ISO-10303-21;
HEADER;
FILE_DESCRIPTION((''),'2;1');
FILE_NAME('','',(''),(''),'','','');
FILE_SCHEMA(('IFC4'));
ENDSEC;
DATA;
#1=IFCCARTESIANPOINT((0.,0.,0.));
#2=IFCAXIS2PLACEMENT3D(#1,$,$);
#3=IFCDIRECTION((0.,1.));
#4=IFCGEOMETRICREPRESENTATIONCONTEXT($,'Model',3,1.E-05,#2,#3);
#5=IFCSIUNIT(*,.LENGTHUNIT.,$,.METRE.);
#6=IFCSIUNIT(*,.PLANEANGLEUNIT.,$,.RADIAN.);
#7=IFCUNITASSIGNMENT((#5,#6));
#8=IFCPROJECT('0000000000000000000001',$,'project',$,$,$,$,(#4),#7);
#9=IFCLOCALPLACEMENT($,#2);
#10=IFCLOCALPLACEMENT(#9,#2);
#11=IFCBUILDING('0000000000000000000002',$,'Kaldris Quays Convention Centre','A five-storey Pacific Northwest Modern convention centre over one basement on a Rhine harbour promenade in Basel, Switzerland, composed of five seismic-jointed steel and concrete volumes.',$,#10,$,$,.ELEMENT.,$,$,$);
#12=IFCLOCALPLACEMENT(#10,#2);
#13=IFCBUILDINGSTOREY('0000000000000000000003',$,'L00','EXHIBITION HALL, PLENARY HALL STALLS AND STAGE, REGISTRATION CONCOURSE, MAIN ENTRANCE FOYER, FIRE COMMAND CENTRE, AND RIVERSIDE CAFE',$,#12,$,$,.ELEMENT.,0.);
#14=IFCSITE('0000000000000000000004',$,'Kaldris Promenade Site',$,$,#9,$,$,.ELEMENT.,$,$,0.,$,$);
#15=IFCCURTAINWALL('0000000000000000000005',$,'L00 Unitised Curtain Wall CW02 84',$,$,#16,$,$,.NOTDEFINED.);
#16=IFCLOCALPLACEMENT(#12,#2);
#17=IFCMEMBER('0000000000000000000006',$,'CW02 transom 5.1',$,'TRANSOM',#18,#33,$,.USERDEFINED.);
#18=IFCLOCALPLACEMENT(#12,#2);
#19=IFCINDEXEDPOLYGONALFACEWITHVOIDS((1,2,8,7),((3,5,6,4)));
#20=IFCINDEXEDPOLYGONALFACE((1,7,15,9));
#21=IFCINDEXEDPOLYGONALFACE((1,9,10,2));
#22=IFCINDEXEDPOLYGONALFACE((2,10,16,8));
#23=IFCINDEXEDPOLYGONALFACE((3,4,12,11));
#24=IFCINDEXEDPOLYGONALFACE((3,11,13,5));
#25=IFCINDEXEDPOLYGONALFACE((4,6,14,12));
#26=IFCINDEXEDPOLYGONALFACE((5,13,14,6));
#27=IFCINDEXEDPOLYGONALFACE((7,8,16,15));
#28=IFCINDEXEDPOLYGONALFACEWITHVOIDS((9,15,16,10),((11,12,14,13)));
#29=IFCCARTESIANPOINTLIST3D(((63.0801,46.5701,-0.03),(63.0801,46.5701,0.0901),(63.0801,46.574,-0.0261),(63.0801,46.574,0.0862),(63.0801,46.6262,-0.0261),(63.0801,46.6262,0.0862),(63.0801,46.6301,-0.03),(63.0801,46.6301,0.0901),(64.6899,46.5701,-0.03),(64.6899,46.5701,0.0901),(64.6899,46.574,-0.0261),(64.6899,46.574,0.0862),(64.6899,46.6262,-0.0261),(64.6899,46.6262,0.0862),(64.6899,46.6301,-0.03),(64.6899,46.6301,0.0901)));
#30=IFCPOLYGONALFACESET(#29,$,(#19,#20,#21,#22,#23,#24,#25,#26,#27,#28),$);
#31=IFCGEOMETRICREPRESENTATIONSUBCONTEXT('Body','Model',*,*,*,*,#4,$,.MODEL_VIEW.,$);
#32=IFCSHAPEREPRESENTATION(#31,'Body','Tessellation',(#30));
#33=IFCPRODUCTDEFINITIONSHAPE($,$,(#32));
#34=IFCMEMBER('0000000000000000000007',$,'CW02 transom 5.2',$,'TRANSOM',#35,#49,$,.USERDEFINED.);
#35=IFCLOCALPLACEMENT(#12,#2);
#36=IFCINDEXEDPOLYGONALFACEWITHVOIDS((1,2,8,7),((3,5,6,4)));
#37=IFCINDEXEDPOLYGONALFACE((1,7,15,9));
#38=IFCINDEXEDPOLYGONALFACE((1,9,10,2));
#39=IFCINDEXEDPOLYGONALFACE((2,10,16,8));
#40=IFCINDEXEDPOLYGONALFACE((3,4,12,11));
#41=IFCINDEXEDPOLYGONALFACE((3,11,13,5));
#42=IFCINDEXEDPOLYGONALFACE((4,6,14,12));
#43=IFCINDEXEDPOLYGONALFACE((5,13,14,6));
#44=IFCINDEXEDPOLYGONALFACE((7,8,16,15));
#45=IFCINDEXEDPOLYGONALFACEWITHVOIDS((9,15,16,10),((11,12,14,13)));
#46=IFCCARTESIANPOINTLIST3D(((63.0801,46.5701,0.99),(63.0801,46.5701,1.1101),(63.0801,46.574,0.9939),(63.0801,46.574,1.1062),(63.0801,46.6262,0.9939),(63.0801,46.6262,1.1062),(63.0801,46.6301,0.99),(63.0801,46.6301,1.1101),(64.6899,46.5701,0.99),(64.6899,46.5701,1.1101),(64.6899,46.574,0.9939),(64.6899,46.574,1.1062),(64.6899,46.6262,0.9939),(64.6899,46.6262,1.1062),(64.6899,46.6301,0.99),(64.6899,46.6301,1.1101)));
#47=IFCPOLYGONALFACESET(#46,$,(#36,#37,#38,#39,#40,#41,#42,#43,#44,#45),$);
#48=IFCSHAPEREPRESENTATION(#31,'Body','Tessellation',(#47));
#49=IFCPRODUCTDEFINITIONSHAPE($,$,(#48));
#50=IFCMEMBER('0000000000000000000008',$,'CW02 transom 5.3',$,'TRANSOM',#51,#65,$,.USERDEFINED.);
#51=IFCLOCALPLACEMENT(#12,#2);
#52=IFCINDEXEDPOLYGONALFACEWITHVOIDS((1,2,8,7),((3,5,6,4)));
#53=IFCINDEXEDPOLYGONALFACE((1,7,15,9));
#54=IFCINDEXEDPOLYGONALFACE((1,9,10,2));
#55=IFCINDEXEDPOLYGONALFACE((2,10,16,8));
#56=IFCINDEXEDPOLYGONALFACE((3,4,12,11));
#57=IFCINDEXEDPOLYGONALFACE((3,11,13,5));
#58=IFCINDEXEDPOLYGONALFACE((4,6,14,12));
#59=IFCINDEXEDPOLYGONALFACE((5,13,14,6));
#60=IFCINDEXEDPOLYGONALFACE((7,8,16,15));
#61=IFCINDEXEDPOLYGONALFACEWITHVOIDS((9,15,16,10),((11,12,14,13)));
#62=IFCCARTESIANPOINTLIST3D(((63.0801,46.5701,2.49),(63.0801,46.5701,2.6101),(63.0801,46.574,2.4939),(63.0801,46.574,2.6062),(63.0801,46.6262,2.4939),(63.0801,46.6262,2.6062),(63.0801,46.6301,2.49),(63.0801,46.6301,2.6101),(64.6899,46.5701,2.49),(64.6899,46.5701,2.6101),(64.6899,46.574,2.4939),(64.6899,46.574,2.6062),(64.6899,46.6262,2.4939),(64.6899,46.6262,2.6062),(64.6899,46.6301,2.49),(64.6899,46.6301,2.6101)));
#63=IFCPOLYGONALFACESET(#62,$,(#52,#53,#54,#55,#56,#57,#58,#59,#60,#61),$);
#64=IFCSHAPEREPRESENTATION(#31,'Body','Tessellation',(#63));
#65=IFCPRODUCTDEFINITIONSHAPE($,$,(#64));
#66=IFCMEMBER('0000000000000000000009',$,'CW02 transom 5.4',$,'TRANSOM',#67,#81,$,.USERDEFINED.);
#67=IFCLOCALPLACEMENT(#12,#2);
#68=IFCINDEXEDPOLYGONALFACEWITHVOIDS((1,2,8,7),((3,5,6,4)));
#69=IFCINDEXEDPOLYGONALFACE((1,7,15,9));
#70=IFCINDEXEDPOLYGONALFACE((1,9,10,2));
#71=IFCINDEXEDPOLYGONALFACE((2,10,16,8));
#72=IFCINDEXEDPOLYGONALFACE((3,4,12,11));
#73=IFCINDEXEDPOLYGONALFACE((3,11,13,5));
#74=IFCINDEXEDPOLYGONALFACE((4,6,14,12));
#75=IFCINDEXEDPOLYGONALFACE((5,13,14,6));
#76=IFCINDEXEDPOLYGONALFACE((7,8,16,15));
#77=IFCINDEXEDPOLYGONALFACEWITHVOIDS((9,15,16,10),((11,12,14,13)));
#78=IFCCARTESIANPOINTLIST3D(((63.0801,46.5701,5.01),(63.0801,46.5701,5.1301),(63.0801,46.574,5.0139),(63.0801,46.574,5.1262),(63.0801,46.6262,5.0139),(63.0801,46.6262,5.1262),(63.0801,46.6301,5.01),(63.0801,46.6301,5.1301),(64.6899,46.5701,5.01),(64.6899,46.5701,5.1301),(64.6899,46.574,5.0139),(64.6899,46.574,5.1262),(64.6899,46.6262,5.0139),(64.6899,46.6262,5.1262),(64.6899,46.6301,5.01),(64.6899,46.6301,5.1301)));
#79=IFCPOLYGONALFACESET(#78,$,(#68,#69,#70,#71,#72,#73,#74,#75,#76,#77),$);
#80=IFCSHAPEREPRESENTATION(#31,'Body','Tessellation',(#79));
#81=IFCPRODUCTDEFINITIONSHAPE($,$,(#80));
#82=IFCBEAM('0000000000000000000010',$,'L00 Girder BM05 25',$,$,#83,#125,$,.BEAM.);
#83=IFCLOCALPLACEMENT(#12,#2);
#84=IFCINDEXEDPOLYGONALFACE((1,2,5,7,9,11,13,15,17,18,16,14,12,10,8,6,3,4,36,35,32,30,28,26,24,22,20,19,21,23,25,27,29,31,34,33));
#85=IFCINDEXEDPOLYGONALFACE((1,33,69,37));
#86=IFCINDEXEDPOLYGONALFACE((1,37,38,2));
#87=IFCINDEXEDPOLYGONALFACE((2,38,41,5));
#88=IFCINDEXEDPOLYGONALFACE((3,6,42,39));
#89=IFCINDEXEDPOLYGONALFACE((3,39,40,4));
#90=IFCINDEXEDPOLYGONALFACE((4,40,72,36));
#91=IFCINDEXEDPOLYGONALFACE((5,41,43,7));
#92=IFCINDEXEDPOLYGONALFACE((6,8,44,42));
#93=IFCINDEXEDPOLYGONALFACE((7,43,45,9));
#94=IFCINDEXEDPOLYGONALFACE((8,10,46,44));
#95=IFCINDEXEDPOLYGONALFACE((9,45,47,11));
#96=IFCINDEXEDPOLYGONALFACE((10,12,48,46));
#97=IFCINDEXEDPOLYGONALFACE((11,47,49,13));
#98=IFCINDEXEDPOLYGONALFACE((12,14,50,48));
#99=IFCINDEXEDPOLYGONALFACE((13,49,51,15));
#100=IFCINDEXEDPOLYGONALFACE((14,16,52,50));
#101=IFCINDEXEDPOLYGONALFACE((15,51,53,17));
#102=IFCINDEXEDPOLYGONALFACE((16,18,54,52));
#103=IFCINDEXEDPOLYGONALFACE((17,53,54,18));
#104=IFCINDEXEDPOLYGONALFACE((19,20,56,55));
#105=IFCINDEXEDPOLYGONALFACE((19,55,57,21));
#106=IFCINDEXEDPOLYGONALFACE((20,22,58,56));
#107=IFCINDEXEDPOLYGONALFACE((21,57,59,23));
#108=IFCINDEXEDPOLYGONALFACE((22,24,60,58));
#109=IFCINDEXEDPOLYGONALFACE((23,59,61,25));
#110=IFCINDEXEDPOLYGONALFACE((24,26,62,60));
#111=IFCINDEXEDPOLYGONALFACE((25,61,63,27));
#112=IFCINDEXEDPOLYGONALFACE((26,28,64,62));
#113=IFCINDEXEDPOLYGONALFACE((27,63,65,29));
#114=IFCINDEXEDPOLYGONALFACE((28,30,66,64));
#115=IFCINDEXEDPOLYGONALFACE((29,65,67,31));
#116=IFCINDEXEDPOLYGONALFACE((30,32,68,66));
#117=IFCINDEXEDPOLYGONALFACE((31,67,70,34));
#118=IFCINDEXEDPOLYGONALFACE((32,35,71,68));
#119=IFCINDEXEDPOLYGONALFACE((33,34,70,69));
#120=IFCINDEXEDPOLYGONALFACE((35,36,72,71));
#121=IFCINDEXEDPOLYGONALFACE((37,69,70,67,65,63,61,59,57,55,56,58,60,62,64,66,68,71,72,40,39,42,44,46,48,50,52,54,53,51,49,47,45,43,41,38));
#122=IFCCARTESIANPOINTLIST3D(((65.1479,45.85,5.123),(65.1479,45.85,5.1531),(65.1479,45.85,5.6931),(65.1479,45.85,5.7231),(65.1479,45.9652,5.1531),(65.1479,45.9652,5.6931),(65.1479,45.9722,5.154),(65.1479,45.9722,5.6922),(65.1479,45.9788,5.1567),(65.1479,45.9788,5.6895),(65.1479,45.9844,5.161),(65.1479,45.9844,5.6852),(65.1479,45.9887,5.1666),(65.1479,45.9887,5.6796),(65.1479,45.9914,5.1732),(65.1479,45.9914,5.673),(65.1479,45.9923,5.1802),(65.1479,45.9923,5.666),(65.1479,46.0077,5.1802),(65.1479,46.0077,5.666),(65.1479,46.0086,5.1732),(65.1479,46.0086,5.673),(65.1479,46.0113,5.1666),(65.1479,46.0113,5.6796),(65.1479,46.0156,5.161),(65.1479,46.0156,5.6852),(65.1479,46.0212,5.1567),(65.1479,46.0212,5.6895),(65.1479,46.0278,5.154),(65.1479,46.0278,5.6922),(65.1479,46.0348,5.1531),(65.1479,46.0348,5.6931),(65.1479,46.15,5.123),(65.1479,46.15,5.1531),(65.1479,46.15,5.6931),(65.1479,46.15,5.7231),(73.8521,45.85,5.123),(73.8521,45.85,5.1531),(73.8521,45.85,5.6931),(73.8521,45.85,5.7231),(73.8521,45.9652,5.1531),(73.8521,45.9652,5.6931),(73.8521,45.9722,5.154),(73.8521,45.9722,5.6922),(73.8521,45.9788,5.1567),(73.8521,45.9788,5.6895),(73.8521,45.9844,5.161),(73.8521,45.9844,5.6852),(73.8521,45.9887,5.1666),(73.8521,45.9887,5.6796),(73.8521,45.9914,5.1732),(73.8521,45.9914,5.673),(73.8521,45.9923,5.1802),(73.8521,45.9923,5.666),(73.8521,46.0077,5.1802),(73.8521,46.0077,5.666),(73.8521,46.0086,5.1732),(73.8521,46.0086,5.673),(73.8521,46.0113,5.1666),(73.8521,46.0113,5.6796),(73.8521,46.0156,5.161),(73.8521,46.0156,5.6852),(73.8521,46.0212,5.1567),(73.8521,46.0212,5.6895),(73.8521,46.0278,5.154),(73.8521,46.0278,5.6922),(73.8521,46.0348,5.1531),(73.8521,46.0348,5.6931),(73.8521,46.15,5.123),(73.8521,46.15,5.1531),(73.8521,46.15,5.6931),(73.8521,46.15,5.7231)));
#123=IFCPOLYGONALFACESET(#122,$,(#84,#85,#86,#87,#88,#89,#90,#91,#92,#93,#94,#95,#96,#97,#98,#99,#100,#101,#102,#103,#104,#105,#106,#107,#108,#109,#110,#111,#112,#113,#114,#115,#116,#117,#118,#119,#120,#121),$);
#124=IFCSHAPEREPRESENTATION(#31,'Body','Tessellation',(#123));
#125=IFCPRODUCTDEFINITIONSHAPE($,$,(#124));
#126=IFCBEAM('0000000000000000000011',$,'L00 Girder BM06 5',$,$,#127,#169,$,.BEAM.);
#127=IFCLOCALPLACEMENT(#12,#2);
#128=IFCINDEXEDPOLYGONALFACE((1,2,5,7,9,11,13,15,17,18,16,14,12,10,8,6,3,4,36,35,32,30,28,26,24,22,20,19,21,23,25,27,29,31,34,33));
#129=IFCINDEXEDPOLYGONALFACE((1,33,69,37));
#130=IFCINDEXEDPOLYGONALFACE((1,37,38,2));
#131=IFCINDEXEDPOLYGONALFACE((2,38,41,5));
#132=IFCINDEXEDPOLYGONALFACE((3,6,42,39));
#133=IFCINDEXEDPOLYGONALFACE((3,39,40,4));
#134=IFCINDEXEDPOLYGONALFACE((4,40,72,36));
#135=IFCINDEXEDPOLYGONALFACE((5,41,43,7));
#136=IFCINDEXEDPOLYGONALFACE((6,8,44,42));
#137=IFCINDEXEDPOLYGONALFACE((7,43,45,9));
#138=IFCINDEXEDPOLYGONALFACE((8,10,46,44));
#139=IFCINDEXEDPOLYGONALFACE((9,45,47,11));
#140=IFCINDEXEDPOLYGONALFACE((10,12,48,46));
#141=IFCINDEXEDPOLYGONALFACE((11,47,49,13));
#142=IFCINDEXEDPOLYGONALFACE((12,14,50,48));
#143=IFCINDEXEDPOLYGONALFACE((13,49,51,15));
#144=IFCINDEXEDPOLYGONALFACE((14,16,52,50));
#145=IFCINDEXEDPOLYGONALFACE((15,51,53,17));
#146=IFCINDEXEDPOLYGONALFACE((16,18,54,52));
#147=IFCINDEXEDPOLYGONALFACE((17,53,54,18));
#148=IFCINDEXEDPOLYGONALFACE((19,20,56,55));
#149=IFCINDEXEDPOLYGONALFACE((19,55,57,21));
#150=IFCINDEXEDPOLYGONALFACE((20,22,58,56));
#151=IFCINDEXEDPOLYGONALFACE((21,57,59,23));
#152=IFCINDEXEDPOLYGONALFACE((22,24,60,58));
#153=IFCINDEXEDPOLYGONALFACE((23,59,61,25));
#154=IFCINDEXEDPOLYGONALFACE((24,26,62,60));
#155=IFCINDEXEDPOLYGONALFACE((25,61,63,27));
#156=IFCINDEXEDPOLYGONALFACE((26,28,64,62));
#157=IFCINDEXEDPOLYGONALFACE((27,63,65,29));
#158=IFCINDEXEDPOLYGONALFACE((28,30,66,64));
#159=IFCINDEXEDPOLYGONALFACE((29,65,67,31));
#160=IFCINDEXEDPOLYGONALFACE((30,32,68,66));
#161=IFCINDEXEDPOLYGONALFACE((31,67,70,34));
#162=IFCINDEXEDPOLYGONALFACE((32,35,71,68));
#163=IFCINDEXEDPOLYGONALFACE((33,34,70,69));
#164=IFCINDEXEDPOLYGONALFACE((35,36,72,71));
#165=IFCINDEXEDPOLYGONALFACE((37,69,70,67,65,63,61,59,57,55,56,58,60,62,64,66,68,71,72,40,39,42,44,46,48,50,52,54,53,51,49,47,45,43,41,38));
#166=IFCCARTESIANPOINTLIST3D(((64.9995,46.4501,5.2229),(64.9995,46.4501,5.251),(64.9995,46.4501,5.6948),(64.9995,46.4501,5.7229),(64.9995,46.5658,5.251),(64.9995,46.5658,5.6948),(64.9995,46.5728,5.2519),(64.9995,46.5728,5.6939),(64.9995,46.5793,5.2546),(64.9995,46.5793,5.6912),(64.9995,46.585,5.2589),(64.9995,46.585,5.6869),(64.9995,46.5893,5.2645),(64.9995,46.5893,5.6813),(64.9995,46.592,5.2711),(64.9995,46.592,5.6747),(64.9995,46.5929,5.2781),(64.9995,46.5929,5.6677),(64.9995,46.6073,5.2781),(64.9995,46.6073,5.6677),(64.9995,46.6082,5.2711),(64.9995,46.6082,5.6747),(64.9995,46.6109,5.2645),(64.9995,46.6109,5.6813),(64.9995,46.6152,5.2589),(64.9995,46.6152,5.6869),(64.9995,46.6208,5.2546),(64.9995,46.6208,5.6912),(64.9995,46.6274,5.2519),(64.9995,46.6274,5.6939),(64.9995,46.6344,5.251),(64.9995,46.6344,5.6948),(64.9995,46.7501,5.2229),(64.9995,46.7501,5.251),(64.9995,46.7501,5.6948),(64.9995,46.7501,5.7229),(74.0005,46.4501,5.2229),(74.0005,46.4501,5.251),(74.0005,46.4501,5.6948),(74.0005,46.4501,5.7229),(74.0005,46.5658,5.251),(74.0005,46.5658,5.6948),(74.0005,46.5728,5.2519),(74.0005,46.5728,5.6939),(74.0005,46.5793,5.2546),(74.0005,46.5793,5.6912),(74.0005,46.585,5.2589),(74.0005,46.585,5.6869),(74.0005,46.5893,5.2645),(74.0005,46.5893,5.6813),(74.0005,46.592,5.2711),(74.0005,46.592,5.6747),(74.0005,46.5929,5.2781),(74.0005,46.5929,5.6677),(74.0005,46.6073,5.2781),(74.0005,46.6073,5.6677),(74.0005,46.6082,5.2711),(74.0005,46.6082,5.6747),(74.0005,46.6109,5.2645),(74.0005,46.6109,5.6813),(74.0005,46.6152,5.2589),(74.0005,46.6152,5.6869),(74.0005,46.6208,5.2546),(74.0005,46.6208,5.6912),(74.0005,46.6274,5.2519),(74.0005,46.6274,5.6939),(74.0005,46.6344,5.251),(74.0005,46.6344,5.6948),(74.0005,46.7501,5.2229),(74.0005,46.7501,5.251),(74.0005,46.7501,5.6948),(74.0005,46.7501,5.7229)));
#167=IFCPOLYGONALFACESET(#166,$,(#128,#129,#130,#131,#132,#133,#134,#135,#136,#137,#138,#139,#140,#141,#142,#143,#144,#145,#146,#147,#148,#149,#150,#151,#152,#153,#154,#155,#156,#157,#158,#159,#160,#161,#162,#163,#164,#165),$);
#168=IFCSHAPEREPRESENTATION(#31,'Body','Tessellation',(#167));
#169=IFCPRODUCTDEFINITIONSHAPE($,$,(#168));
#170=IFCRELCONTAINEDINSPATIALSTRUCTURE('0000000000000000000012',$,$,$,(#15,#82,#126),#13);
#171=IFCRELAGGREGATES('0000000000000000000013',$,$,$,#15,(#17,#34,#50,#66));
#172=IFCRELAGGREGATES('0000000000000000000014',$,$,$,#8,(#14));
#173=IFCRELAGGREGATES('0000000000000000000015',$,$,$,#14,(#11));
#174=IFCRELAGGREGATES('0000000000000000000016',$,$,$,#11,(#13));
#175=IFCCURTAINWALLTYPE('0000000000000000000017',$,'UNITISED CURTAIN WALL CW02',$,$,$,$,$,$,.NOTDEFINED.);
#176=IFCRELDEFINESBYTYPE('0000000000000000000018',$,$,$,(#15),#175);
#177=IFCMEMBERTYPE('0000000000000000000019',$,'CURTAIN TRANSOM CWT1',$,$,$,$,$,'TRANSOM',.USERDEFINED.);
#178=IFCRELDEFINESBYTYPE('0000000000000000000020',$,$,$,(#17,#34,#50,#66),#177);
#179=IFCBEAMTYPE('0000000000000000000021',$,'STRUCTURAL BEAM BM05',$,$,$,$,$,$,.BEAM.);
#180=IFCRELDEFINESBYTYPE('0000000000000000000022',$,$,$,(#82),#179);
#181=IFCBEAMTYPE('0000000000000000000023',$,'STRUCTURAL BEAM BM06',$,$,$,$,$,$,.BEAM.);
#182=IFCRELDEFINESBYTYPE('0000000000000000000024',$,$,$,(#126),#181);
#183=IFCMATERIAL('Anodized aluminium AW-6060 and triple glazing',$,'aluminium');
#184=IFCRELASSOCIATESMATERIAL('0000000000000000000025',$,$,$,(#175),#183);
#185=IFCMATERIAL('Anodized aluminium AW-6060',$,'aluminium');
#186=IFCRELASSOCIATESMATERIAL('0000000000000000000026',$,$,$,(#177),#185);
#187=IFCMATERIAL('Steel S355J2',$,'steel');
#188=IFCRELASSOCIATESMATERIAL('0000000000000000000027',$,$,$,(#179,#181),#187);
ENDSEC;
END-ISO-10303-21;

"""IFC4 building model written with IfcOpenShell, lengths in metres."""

from ifc_helpers import new_model, si_unit, direction, frame, origin, origin_2d, place, context, subcontext, project, spatial, hollow_rectangle, i_section, extrude, material, material_profile, profile_set, type_object, element, aggregate, save


model = new_model("IFC4")

# Units and contexts
model_context = context("Model", 3, precision=1e-05, world=origin(), true_north=direction((0.0, 1.0)))
body_context = subcontext(model_context, "Body", "Model", "MODEL_VIEW")
ifc_project = project(units=[si_unit("LENGTHUNIT", "METRE"), si_unit("PLANEANGLEUNIT", "RADIAN")], contexts=[model_context])

# Site, building, storey
site_placement = place(None, origin())
site = spatial("IfcSite", under=ifc_project, at=site_placement, Name="Kaldris Promenade Site", CompositionType="ELEMENT", RefElevation=0.0)
building_placement = place(site_placement, origin())
building = spatial("IfcBuilding", under=site, at=building_placement, Name="Kaldris Quays Convention Centre", Description="A five-storey Pacific Northwest Modern convention centre over one basement on a Rhine harbour promenade in Basel, Switzerland, composed of five seismic-jointed steel and concrete volumes.", CompositionType="ELEMENT")
storey_placement = place(building_placement, origin())
storey = spatial("IfcBuildingStorey", under=building, at=storey_placement, Name="L00", Description="EXHIBITION HALL, PLENARY HALL STALLS AND STAGE, REGISTRATION CONCOURSE, MAIN ENTRANCE FOYER, FIRE COMMAND CENTRE, AND RIVERSIDE CAFE", CompositionType="ELEMENT", Elevation=0.0)

# Shared definitions
ifc_material_1 = material(Name="Steel S355J2", Category="steel")

# Shared definitions
ifc_material_2 = material(Name="Anodized aluminium AW-6060 and triple glazing", Category="aluminium")
ifc_material_3 = material(Name="Anodized aluminium AW-6060", Category="aluminium")

# Curtain wall, members
curtain_wall_type_1 = type_object("IfcCurtainWallType", Name="UNITISED CURTAIN WALL CW02", PredefinedType="NOTDEFINED", material=ifc_material_2)
curtain_wall_1_placement = place(storey_placement, origin())
curtain_wall_1 = element("IfcCurtainWall", 1, at=curtain_wall_1_placement, inside=storey, type_object=curtain_wall_type_1, Name="L00 Unitised Curtain Wall CW02 84", PredefinedType="NOTDEFINED")
ifc_material_profile_1 = material_profile(ifc_material_3, hollow_rectangle(XDim=0.0601, YDim=0.1201, WallThickness=0.0039, at=origin_2d()), Name="RHS 120x60x4")
ifc_profile_set_1 = profile_set([ifc_material_profile_1], Name="Anodized aluminium AW-6060")
member_type_1 = type_object("IfcMemberType", Name="CURTAIN TRANSOM CWT1", ElementType="TRANSOM", PredefinedType="USERDEFINED", material=ifc_profile_set_1)
member_1_placement = place(storey_placement, frame((63.0801, 46.6001, 0.03), z_axis=(1.0, 0.0, 0.0), x_axis=(0.0, 1.0, 0.0)))
member_1 = element("IfcMember", 2, at=member_1_placement, type_object=member_type_1, Name="CW02 transom 5.1", ObjectType="TRANSOM", PredefinedType="USERDEFINED", context=body_context, shape_type="SweptSolid", body=[
    extrude(hollow_rectangle(XDim=0.0601, YDim=0.1201, WallThickness=0.0039, at=origin_2d()), origin(), (0.0, 0.0, 1.0), 1.6099),
])
member_2_placement = place(storey_placement, frame((63.0801, 46.6001, 1.05), z_axis=(1.0, 0.0, 0.0), x_axis=(0.0, 1.0, 0.0)))
member_2 = element("IfcMember", 3, at=member_2_placement, type_object=member_type_1, Name="CW02 transom 5.2", ObjectType="TRANSOM", PredefinedType="USERDEFINED", context=body_context, shape_type="SweptSolid", body=[
    extrude(hollow_rectangle(XDim=0.0601, YDim=0.1201, WallThickness=0.0039, at=origin_2d()), origin(), (0.0, 0.0, 1.0), 1.6099),
])
member_3_placement = place(storey_placement, frame((63.0801, 46.6001, 2.55), z_axis=(1.0, 0.0, 0.0), x_axis=(0.0, 1.0, 0.0)))
member_3 = element("IfcMember", 4, at=member_3_placement, type_object=member_type_1, Name="CW02 transom 5.3", ObjectType="TRANSOM", PredefinedType="USERDEFINED", context=body_context, shape_type="SweptSolid", body=[
    extrude(hollow_rectangle(XDim=0.0601, YDim=0.1201, WallThickness=0.0039, at=origin_2d()), origin(), (0.0, 0.0, 1.0), 1.6099),
])
member_4_placement = place(storey_placement, frame((63.0801, 46.6001, 5.0701), z_axis=(1.0, 0.0, 0.0), x_axis=(0.0, 1.0, 0.0)))
member_4 = element("IfcMember", 5, at=member_4_placement, type_object=member_type_1, Name="CW02 transom 5.4", ObjectType="TRANSOM", PredefinedType="USERDEFINED", context=body_context, shape_type="SweptSolid", body=[
    extrude(hollow_rectangle(XDim=0.0601, YDim=0.1201, WallThickness=0.0039, at=origin_2d()), origin(), (0.0, 0.0, 1.0), 1.6099),
])

# Beams
ifc_material_profile_2 = material_profile(ifc_material_1, i_section(OverallWidth=0.3, OverallDepth=0.6001, WebThickness=0.0154, FlangeThickness=0.03, FilletRadius=0.0271, at=origin_2d()), Name="HEB 600")
ifc_profile_set_2 = profile_set([ifc_material_profile_2], Name="Steel S355J2")
beam_type_1 = type_object("IfcBeamType", Name="STRUCTURAL BEAM BM05", PredefinedType="BEAM", material=ifc_profile_set_2)
beam_1_placement = place(storey_placement, frame((65.1479, 46.0, 5.4231), z_axis=(1.0, 0.0, 0.0), x_axis=(0.0, 1.0, 0.0)))
element("IfcBeam", 6, at=beam_1_placement, inside=storey, type_object=beam_type_1, Name="L00 Girder BM05 25", PredefinedType="BEAM", context=body_context, shape_type="SweptSolid", body=[
    extrude(i_section(OverallWidth=0.3, OverallDepth=0.6001, WebThickness=0.0154, FlangeThickness=0.03, FilletRadius=0.0271, at=origin_2d()), origin(), (0.0, 0.0, 1.0), 8.7041),
])
ifc_material_profile_3 = material_profile(ifc_material_1, i_section(OverallWidth=0.3, OverallDepth=0.5, WebThickness=0.0144, FlangeThickness=0.0281, FilletRadius=0.0271, at=origin_2d()), Name="HEB 500")
ifc_profile_set_3 = profile_set([ifc_material_profile_3], Name="Steel S355J2")
beam_type_2 = type_object("IfcBeamType", Name="STRUCTURAL BEAM BM06", PredefinedType="BEAM", material=ifc_profile_set_3)
beam_2_placement = place(storey_placement, frame((64.9995, 46.6001, 5.4729), z_axis=(1.0, 0.0, 0.0), x_axis=(0.0, 1.0, 0.0)))
element("IfcBeam", 7, at=beam_2_placement, inside=storey, type_object=beam_type_2, Name="L00 Girder BM06 5", PredefinedType="BEAM", context=body_context, shape_type="SweptSolid", body=[
    extrude(i_section(OverallWidth=0.3, OverallDepth=0.5, WebThickness=0.0144, FlangeThickness=0.0281, FilletRadius=0.0271, at=origin_2d()), origin(), (0.0, 0.0, 1.0), 9.001),
])

aggregate(curtain_wall_1, [member_1, member_2, member_3, member_4])

save(model, "model.ifc")
